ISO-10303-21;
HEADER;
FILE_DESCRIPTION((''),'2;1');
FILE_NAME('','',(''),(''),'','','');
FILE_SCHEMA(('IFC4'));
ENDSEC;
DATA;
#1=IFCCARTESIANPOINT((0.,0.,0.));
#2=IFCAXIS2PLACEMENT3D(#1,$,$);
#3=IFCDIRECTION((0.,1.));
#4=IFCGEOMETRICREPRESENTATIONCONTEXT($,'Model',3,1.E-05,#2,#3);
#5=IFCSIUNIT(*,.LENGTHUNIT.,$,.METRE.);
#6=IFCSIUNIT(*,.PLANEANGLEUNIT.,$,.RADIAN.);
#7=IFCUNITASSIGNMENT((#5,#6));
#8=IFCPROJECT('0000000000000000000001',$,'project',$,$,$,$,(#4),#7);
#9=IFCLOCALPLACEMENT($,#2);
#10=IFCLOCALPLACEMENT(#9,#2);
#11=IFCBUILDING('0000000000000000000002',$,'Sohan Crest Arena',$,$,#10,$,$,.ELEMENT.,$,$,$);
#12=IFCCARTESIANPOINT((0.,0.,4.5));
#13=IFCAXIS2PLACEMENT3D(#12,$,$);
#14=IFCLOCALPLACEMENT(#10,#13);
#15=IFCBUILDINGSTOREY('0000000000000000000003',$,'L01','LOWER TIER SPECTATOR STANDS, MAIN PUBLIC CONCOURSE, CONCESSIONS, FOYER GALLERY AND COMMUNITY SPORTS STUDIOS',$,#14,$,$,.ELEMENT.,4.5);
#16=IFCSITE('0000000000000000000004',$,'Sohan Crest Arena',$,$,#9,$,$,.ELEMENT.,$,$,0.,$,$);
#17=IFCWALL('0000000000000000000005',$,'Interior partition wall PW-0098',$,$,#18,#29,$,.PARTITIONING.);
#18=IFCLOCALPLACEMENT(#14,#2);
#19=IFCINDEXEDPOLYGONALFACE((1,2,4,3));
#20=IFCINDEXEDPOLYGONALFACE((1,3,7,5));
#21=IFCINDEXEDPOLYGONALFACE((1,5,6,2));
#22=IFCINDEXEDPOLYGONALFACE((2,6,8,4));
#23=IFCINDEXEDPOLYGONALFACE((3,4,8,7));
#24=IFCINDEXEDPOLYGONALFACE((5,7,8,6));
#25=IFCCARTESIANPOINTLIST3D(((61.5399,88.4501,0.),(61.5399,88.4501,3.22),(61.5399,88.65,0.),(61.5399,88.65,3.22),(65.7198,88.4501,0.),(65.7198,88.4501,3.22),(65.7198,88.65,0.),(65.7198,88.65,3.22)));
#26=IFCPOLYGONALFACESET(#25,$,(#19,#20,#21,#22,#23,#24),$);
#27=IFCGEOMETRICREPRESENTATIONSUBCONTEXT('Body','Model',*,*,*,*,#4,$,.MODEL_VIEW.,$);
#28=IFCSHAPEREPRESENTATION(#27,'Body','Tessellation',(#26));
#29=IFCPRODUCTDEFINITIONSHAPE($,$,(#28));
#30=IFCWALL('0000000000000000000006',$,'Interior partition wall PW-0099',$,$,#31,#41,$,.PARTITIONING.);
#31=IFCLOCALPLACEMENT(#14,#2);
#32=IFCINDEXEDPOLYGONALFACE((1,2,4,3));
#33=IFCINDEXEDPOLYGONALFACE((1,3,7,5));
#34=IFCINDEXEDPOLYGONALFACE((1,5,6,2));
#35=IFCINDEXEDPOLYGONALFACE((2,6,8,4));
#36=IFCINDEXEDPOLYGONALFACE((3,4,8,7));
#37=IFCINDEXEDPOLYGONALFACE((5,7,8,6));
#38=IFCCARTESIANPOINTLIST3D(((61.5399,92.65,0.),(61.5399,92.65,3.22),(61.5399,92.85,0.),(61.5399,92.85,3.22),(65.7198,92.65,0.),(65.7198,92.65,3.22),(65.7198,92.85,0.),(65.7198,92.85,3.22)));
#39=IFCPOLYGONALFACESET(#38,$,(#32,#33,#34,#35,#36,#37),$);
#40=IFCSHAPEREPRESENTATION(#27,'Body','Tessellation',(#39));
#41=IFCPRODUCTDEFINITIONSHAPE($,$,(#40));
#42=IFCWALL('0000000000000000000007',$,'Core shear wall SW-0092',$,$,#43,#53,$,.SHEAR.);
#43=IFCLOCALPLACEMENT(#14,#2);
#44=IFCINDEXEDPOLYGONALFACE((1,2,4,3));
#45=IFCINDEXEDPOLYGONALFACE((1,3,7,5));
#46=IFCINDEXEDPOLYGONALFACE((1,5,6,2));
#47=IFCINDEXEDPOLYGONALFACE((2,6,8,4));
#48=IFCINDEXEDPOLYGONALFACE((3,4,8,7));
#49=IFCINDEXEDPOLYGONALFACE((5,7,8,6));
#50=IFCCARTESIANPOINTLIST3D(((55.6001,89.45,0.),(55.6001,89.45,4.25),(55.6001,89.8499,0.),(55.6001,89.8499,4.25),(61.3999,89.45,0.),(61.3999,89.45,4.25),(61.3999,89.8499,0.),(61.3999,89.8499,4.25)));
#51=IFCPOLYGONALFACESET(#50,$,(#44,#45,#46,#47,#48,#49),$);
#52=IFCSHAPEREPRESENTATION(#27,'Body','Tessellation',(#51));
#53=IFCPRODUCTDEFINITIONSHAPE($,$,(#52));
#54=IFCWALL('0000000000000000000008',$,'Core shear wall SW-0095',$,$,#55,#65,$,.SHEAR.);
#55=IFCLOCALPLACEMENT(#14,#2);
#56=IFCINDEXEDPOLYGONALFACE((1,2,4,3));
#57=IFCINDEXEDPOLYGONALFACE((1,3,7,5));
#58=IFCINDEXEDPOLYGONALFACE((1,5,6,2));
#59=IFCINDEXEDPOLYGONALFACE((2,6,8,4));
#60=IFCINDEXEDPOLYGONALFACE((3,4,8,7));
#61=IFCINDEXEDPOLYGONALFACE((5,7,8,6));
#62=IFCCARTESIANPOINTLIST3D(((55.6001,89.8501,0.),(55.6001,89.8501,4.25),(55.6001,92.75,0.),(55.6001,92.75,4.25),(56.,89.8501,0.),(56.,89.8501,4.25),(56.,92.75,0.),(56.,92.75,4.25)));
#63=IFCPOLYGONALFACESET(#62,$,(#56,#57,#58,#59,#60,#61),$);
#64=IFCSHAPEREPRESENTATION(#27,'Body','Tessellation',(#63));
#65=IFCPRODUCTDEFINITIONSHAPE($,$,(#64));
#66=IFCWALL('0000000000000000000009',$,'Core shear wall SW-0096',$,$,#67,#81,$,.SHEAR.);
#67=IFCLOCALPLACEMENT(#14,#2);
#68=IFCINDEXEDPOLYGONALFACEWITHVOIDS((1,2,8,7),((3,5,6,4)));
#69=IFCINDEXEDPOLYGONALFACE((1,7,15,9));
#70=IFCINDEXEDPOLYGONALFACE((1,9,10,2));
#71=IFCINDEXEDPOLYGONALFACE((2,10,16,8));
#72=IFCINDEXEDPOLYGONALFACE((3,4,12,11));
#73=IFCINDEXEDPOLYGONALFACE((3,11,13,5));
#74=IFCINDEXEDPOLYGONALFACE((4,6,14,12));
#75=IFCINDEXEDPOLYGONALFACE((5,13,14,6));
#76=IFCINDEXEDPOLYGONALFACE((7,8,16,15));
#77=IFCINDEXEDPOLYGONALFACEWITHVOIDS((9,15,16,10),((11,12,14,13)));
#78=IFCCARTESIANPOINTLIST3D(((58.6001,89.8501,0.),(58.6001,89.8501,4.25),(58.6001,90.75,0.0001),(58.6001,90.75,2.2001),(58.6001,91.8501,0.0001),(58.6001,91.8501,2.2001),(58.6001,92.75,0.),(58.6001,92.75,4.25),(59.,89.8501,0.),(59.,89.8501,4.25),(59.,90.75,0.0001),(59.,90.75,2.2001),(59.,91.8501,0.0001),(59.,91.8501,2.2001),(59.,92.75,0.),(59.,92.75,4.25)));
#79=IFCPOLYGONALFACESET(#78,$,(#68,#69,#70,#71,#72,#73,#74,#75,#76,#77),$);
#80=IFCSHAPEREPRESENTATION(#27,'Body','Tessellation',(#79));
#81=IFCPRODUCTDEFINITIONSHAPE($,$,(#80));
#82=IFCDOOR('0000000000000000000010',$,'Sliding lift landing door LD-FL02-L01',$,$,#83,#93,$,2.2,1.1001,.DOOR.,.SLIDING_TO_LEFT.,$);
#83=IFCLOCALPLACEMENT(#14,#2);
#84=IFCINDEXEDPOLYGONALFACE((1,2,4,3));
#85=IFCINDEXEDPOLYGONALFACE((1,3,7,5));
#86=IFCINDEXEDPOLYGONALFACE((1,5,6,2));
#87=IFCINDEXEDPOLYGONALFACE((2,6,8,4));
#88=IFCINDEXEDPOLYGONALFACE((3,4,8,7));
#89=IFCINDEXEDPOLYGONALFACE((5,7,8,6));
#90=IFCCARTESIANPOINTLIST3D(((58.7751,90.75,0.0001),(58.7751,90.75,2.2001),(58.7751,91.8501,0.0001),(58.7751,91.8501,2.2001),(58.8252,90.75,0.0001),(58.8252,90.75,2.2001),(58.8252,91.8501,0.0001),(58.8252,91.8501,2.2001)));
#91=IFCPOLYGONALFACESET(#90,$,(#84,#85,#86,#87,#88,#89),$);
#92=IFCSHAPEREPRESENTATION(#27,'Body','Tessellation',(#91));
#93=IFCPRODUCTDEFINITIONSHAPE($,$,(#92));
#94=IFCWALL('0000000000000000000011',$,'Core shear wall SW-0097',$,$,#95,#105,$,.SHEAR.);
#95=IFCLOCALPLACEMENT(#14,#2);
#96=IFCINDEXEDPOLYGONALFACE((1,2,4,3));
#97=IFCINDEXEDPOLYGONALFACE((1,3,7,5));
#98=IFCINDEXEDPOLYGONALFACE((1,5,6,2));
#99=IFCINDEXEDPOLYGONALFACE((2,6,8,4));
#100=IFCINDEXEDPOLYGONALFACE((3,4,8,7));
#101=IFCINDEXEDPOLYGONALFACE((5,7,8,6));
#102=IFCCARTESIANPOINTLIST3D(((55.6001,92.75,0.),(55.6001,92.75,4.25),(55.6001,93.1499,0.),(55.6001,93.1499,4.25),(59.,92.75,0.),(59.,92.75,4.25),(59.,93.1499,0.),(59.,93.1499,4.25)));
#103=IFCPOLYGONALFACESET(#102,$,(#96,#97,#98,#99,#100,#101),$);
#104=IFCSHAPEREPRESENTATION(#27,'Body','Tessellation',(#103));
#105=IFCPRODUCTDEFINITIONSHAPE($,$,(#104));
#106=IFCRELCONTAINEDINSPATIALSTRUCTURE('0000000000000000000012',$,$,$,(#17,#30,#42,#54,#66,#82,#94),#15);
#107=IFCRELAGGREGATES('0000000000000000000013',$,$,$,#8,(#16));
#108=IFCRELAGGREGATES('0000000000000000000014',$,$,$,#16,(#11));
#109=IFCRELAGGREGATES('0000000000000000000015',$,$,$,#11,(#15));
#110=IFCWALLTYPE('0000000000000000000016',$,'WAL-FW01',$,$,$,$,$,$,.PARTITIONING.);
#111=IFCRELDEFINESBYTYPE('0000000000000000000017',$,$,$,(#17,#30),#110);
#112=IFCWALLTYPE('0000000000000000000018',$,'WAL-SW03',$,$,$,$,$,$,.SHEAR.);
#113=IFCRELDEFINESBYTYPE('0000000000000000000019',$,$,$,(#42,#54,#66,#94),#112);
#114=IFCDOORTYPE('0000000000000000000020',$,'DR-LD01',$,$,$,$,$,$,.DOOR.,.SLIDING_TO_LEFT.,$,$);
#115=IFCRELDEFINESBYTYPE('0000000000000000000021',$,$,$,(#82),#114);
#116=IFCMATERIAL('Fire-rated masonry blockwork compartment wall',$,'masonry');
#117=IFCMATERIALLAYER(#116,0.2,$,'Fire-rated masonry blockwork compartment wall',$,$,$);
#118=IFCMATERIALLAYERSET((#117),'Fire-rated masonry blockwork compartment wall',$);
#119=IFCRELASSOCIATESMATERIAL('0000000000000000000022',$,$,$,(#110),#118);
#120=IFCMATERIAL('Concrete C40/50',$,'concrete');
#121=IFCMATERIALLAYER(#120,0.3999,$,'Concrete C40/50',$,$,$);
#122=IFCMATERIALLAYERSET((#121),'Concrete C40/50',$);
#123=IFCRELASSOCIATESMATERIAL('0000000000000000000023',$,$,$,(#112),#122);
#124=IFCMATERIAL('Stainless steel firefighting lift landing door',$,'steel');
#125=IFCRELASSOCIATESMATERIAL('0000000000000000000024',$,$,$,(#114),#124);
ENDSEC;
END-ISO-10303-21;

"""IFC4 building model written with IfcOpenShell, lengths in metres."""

from ifc_helpers import new_model, si_unit, direction, frame, frame_2d, origin, place, context, subcontext, project, spatial, rectangle, extrude, material, layer, layer_set, type_object, element, fill, save


model = new_model("IFC4")

# Units and contexts
model_context = context("Model", 3, precision=1e-05, world=origin(), true_north=direction((0.0, 1.0)))
body_context = subcontext(model_context, "Body", "Model", "MODEL_VIEW")
ifc_project = project(units=[si_unit("LENGTHUNIT", "METRE"), si_unit("PLANEANGLEUNIT", "RADIAN")], contexts=[model_context])

# Site, building, storey
site_placement = place(None, origin())
site = spatial("IfcSite", under=ifc_project, at=site_placement, Name="Sohan Crest Arena", CompositionType="ELEMENT", RefElevation=0.0)
building_placement = place(site_placement, origin())
building = spatial("IfcBuilding", under=site, at=building_placement, Name="Sohan Crest Arena", CompositionType="ELEMENT")
storey_placement = place(building_placement, frame((0.0, 0.0, 4.5)))
storey = spatial("IfcBuildingStorey", under=building, at=storey_placement, Name="L01", Description="LOWER TIER SPECTATOR STANDS, MAIN PUBLIC CONCOURSE, CONCESSIONS, FOYER GALLERY AND COMMUNITY SPORTS STUDIOS", CompositionType="ELEMENT", Elevation=4.5)

# Walls
ifc_material_1 = material(Name="Fire-rated masonry blockwork compartment wall", Category="masonry")
ifc_layer_1 = layer(ifc_material_1, 0.2, Name="Fire-rated masonry blockwork compartment wall")
ifc_layer_set_1 = layer_set([ifc_layer_1], Name="Fire-rated masonry blockwork compartment wall")
wall_type_1 = type_object("IfcWallType", Name="WAL-FW01", PredefinedType="PARTITIONING", material=ifc_layer_set_1)
for number, where, z_axis, x_axis, name in (
    (1, (61.54, 88.55, 0.0), (0.0, 0.0, 1.0), (1.0, 0.0, 0.0), "Interior partition wall PW-0098"),
    (2, (61.54, 92.75, 0.0), (0.0, 0.0, 1.0), (1.0, 0.0, 0.0), "Interior partition wall PW-0099"),
):
    element("IfcWall", number, at=place(storey_placement, frame(where, z_axis=z_axis, x_axis=x_axis)), inside=storey, type_object=wall_type_1, Name=name, PredefinedType="PARTITIONING", context=body_context, shape_type="SweptSolid", body=[
        extrude(rectangle(XDim=4.1799, YDim=0.2, at=frame_2d((2.0898, 0.0))), origin(), (0.0, 0.0, 1.0), 3.22),
    ])
ifc_material_2 = material(Name="Concrete C40/50", Category="concrete")
ifc_layer_2 = layer(ifc_material_2, 0.3999, Name="Concrete C40/50")
ifc_layer_set_2 = layer_set([ifc_layer_2], Name="Concrete C40/50")
wall_type_2 = type_object("IfcWallType", Name="WAL-SW03", PredefinedType="SHEAR", material=ifc_layer_set_2)
wall_1_placement = place(storey_placement, frame((55.6001, 89.6499, 0.0), z_axis=(0.0, 0.0, 1.0), x_axis=(1.0, 0.0, 0.0)))
element("IfcWall", 3, at=wall_1_placement, inside=storey, type_object=wall_type_2, Name="Core shear wall SW-0092", PredefinedType="SHEAR", context=body_context, shape_type="SweptSolid", body=[
    extrude(rectangle(XDim=5.7998, YDim=0.3999, at=frame_2d((2.8999, 0.0))), origin(), (0.0, 0.0, 1.0), 4.25),
])
wall_2_placement = place(storey_placement, frame((55.8, 89.8501, 0.0), z_axis=(0.0, 0.0, 1.0), x_axis=(0.0, 1.0, 0.0)))
element("IfcWall", 4, at=wall_2_placement, inside=storey, type_object=wall_type_2, Name="Core shear wall SW-0095", PredefinedType="SHEAR", context=body_context, shape_type="SweptSolid", body=[
    extrude(rectangle(XDim=2.8999, YDim=0.3999, at=frame_2d((1.45, 0.0))), origin(), (0.0, 0.0, 1.0), 4.25),
])

# Wall, opening, door
wall_3_placement = place(storey_placement, frame((58.8, 89.8501, 0.0), z_axis=(0.0, 0.0, 1.0), x_axis=(0.0, 1.0, 0.0)))
wall_3 = element("IfcWall", 5, at=wall_3_placement, inside=storey, type_object=wall_type_2, Name="Core shear wall SW-0096", PredefinedType="SHEAR", context=body_context, shape_type="SweptSolid", body=[
    extrude(rectangle(XDim=2.8999, YDim=0.3999, at=frame_2d((1.45, 0.0))), origin(), (0.0, 0.0, 1.0), 4.25),
])
opening_placement = place(wall_3_placement, frame((0.8999, 0.0, 0.0)))
opening = element("IfcOpeningElement", 6, at=opening_placement, cuts=wall_3, PredefinedType="OPENING", context=body_context, shape_type="SweptSolid", body=[
    extrude(rectangle(XDim=1.1001, YDim=2.2, at=frame_2d((0.55, 1.1001))), frame((0.0, 0.21, 0.0), z_axis=(0.0, -1.0, 0.0), x_axis=(1.0, 0.0, 0.0)), (0.0, 0.0, 1.0), 0.4199),
])
ifc_material_3 = material(Name="Stainless steel firefighting lift landing door", Category="steel")
door_type = type_object("IfcDoorType", Name="DR-LD01", OperationType="SLIDING_TO_LEFT", PredefinedType="DOOR", material=ifc_material_3)
door_placement = place(opening_placement, origin())
door = element("IfcDoor", 7, at=door_placement, inside=storey, type_object=door_type, Name="Sliding lift landing door LD-FL02-L01", OperationType="SLIDING_TO_LEFT", OverallHeight=2.2, OverallWidth=1.1001, PredefinedType="DOOR", context=body_context, shape_type="SweptSolid", body=[
    extrude(rectangle(XDim=1.1001, YDim=2.2, at=frame_2d((0.55, 1.1001))), frame((0.0, 0.0249, 0.0), z_axis=(0.0, -1.0, 0.0), x_axis=(1.0, 0.0, 0.0)), (0.0, 0.0, 1.0), 0.05),
])
fill(opening, door)

# Wall
wall_4_placement = place(storey_placement, frame((55.6001, 92.95, 0.0), z_axis=(0.0, 0.0, 1.0), x_axis=(1.0, 0.0, 0.0)))
element("IfcWall", 8, at=wall_4_placement, inside=storey, type_object=wall_type_2, Name="Core shear wall SW-0097", PredefinedType="SHEAR", context=body_context, shape_type="SweptSolid", body=[
    extrude(rectangle(XDim=3.3999, YDim=0.3999, at=frame_2d((1.7, 0.0))), origin(), (0.0, 0.0, 1.0), 4.25),
])

save(model, "model.ifc")
